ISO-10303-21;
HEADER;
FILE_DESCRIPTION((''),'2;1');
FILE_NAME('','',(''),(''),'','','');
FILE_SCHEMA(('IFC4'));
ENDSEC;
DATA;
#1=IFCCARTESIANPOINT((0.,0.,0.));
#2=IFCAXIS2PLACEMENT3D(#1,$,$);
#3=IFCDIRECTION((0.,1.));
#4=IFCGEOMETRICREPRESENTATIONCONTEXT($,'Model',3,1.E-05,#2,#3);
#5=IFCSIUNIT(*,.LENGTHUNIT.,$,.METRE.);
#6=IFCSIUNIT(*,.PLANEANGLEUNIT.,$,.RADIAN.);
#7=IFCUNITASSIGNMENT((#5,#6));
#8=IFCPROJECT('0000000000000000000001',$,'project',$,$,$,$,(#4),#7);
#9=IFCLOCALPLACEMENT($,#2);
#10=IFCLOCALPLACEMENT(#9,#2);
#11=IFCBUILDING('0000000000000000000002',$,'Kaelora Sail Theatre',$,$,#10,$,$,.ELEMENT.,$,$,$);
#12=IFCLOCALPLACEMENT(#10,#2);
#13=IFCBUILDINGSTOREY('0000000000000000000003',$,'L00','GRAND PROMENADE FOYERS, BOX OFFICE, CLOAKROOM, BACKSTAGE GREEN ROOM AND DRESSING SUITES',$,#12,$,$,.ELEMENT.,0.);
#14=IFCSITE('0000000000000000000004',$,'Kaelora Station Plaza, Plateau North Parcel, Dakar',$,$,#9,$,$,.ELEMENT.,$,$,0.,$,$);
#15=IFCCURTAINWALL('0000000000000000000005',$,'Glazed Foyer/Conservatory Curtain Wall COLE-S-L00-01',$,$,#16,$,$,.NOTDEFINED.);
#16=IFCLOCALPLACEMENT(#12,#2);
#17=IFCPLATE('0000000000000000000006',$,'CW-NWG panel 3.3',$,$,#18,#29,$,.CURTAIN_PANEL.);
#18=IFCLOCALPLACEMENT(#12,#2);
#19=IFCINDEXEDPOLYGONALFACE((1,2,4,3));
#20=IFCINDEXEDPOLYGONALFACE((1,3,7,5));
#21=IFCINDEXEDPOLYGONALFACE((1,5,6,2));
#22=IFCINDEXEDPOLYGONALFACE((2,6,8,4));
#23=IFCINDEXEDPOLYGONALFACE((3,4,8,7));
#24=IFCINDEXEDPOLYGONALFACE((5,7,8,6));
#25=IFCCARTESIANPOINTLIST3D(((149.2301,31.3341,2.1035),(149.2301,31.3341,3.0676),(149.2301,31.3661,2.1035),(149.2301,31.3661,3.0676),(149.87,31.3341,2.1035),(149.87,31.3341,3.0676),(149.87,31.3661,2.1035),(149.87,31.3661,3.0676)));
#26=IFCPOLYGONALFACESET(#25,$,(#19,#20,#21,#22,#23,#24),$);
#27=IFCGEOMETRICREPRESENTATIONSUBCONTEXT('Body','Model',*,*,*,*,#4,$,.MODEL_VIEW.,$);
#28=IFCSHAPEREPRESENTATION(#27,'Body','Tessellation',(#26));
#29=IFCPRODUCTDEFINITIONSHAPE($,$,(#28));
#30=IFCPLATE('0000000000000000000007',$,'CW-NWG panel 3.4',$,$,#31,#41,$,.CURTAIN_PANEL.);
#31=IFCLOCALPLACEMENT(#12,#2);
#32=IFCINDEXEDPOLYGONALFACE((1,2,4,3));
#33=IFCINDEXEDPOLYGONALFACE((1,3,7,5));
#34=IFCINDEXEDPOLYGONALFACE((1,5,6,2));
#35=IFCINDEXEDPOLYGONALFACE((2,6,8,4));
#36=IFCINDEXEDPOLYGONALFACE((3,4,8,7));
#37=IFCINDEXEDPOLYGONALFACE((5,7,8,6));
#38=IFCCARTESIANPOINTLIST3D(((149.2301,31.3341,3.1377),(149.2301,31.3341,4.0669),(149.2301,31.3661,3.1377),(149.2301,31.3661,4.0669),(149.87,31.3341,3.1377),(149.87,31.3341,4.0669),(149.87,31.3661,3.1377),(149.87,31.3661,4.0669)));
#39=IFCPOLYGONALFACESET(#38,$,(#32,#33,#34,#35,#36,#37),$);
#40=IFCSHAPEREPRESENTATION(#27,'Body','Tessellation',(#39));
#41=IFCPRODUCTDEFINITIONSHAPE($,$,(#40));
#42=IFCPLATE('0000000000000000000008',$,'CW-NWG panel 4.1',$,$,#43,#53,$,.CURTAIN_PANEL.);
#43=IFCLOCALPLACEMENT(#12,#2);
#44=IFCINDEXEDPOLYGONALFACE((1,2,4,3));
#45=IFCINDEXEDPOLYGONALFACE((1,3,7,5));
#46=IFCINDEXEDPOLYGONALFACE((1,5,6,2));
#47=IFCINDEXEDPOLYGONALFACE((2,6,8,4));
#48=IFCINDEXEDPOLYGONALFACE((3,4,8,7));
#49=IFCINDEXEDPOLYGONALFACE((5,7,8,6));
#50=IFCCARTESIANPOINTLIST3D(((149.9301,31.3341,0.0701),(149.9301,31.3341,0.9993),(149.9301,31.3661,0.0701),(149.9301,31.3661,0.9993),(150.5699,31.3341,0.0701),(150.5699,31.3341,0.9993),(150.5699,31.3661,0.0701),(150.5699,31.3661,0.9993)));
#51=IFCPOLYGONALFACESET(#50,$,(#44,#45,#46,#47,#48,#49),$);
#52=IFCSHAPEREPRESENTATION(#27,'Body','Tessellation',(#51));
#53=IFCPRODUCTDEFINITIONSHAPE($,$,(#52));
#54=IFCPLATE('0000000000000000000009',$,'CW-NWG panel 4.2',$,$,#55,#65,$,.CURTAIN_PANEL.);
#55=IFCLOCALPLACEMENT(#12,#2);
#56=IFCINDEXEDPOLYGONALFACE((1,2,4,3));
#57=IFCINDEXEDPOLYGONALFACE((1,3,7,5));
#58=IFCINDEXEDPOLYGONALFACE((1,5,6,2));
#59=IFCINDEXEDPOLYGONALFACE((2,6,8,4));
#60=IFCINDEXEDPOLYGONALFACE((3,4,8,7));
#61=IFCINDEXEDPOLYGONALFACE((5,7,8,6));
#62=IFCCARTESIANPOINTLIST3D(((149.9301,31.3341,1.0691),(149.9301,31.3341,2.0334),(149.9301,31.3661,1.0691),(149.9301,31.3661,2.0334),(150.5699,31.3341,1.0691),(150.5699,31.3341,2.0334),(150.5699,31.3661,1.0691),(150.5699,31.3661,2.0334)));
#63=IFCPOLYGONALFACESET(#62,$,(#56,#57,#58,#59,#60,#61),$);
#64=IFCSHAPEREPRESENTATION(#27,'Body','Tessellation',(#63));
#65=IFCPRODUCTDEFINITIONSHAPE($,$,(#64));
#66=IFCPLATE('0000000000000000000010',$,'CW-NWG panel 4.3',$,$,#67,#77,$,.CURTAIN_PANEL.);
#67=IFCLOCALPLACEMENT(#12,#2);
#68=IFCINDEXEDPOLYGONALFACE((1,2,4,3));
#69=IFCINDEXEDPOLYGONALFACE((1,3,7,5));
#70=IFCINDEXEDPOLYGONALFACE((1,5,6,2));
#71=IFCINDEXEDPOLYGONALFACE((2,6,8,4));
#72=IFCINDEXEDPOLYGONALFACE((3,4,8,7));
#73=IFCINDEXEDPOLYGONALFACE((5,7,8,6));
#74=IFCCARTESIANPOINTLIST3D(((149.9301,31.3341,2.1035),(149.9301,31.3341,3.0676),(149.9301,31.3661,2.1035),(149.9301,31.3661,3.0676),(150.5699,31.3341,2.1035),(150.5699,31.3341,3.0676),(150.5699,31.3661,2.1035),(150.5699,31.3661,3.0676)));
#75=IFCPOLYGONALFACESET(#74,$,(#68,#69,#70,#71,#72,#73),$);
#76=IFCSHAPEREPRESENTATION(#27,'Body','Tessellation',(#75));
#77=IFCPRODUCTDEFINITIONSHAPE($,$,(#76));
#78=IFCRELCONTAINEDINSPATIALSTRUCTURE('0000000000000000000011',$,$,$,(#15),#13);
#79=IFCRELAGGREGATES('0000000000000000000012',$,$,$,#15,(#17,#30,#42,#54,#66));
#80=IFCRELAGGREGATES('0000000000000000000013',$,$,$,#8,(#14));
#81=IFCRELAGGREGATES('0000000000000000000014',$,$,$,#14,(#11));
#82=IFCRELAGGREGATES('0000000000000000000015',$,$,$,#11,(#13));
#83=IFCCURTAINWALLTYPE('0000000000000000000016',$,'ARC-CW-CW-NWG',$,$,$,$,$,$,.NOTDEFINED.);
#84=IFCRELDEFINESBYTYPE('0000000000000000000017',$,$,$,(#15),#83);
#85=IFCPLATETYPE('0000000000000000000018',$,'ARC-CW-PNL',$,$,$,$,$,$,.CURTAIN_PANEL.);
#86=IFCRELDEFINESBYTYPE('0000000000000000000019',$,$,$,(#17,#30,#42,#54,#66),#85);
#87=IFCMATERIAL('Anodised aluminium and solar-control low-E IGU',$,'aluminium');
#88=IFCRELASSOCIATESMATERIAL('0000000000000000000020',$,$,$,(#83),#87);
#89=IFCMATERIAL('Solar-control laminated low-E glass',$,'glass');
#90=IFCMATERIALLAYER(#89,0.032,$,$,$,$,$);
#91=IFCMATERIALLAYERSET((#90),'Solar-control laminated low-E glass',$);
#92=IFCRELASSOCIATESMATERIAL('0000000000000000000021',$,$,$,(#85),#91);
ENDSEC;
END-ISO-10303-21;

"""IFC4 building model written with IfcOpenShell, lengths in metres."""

from ifc_helpers import new_model, si_unit, direction, frame, origin, origin_2d, place, context, subcontext, project, spatial, rectangle, extrude, material, layer, layer_set, type_object, element, aggregate, save


model = new_model("IFC4")

# Units and contexts
model_context = context("Model", 3, precision=1e-05, world=origin(), true_north=direction((0.0, 1.0)))
body_context = subcontext(model_context, "Body", "Model", "MODEL_VIEW")
ifc_project = project(units=[si_unit("LENGTHUNIT", "METRE"), si_unit("PLANEANGLEUNIT", "RADIAN")], contexts=[model_context])

# Site, building, storey
site_placement = place(None, origin())
site = spatial("IfcSite", under=ifc_project, at=site_placement, Name="Kaelora Station Plaza, Plateau North Parcel, Dakar", CompositionType="ELEMENT", RefElevation=0.0)
building_placement = place(site_placement, origin())
building = spatial("IfcBuilding", under=site, at=building_placement, Name="Kaelora Sail Theatre", CompositionType="ELEMENT")
storey_placement = place(building_placement, origin())
storey = spatial("IfcBuildingStorey", under=building, at=storey_placement, Name="L00", Description="GRAND PROMENADE FOYERS, BOX OFFICE, CLOAKROOM, BACKSTAGE GREEN ROOM AND DRESSING SUITES", CompositionType="ELEMENT", Elevation=0.0)

# Curtain wall, plates
ifc_material_1 = material(Name="Anodised aluminium and solar-control low-E IGU", Category="aluminium")
curtain_wall_type = type_object("IfcCurtainWallType", Name="ARC-CW-CW-NWG", PredefinedType="NOTDEFINED", material=ifc_material_1)
curtain_wall_placement = place(storey_placement, origin())
curtain_wall = element("IfcCurtainWall", 1, at=curtain_wall_placement, inside=storey, type_object=curtain_wall_type, Name="Glazed Foyer/Conservatory Curtain Wall COLE-S-L00-01", PredefinedType="NOTDEFINED")
ifc_material_2 = material(Name="Solar-control laminated low-E glass", Category="glass")
ifc_layer = layer(ifc_material_2, 0.032)
ifc_layer_set = layer_set([ifc_layer], Name="Solar-control laminated low-E glass")
plate_type = type_object("IfcPlateType", Name="ARC-CW-PNL", PredefinedType="CURTAIN_PANEL", material=ifc_layer_set)
plate_1_placement = place(storey_placement, frame((149.55, 31.3501, 2.1035), z_axis=(0.0, 0.0, 1.0), x_axis=(1.0, 0.0, 0.0)))
plate_1 = element("IfcPlate", 2, at=plate_1_placement, type_object=plate_type, Name="CW-NWG panel 3.3", PredefinedType="CURTAIN_PANEL", context=body_context, shape_type="SweptSolid", body=[
    extrude(rectangle(XDim=0.6399, YDim=0.032, at=origin_2d()), origin(), (0.0, 0.0, 1.0), 0.9641),
])
plate_2_placement = place(storey_placement, frame((149.55, 31.3501, 3.1377), z_axis=(0.0, 0.0, 1.0), x_axis=(1.0, 0.0, 0.0)))
plate_2 = element("IfcPlate", 3, at=plate_2_placement, type_object=plate_type, Name="CW-NWG panel 3.4", PredefinedType="CURTAIN_PANEL", context=body_context, shape_type="SweptSolid", body=[
    extrude(rectangle(XDim=0.6399, YDim=0.032, at=origin_2d()), origin(), (0.0, 0.0, 1.0), 0.9292),
])
plate_3_placement = place(storey_placement, frame((150.25, 31.3501, 0.0701), z_axis=(0.0, 0.0, 1.0), x_axis=(1.0, 0.0, 0.0)))
plate_3 = element("IfcPlate", 4, at=plate_3_placement, type_object=plate_type, Name="CW-NWG panel 4.1", PredefinedType="CURTAIN_PANEL", context=body_context, shape_type="SweptSolid", body=[
    extrude(rectangle(XDim=0.6399, YDim=0.032, at=origin_2d()), origin(), (0.0, 0.0, 1.0), 0.9292),
])
plate_4_placement = place(storey_placement, frame((150.25, 31.3501, 1.0691), z_axis=(0.0, 0.0, 1.0), x_axis=(1.0, 0.0, 0.0)))
plate_4 = element("IfcPlate", 5, at=plate_4_placement, type_object=plate_type, Name="CW-NWG panel 4.2", PredefinedType="CURTAIN_PANEL", context=body_context, shape_type="SweptSolid", body=[
    extrude(rectangle(XDim=0.6399, YDim=0.032, at=origin_2d()), origin(), (0.0, 0.0, 1.0), 0.9644),
])
plate_5_placement = place(storey_placement, frame((150.25, 31.3501, 2.1035), z_axis=(0.0, 0.0, 1.0), x_axis=(1.0, 0.0, 0.0)))
plate_5 = element("IfcPlate", 6, at=plate_5_placement, type_object=plate_type, Name="CW-NWG panel 4.3", PredefinedType="CURTAIN_PANEL", context=body_context, shape_type="SweptSolid", body=[
    extrude(rectangle(XDim=0.6399, YDim=0.032, at=origin_2d()), origin(), (0.0, 0.0, 1.0), 0.9641),
])
aggregate(curtain_wall, [plate_1, plate_2, plate_3, plate_4, plate_5])

save(model, "model.ifc")
